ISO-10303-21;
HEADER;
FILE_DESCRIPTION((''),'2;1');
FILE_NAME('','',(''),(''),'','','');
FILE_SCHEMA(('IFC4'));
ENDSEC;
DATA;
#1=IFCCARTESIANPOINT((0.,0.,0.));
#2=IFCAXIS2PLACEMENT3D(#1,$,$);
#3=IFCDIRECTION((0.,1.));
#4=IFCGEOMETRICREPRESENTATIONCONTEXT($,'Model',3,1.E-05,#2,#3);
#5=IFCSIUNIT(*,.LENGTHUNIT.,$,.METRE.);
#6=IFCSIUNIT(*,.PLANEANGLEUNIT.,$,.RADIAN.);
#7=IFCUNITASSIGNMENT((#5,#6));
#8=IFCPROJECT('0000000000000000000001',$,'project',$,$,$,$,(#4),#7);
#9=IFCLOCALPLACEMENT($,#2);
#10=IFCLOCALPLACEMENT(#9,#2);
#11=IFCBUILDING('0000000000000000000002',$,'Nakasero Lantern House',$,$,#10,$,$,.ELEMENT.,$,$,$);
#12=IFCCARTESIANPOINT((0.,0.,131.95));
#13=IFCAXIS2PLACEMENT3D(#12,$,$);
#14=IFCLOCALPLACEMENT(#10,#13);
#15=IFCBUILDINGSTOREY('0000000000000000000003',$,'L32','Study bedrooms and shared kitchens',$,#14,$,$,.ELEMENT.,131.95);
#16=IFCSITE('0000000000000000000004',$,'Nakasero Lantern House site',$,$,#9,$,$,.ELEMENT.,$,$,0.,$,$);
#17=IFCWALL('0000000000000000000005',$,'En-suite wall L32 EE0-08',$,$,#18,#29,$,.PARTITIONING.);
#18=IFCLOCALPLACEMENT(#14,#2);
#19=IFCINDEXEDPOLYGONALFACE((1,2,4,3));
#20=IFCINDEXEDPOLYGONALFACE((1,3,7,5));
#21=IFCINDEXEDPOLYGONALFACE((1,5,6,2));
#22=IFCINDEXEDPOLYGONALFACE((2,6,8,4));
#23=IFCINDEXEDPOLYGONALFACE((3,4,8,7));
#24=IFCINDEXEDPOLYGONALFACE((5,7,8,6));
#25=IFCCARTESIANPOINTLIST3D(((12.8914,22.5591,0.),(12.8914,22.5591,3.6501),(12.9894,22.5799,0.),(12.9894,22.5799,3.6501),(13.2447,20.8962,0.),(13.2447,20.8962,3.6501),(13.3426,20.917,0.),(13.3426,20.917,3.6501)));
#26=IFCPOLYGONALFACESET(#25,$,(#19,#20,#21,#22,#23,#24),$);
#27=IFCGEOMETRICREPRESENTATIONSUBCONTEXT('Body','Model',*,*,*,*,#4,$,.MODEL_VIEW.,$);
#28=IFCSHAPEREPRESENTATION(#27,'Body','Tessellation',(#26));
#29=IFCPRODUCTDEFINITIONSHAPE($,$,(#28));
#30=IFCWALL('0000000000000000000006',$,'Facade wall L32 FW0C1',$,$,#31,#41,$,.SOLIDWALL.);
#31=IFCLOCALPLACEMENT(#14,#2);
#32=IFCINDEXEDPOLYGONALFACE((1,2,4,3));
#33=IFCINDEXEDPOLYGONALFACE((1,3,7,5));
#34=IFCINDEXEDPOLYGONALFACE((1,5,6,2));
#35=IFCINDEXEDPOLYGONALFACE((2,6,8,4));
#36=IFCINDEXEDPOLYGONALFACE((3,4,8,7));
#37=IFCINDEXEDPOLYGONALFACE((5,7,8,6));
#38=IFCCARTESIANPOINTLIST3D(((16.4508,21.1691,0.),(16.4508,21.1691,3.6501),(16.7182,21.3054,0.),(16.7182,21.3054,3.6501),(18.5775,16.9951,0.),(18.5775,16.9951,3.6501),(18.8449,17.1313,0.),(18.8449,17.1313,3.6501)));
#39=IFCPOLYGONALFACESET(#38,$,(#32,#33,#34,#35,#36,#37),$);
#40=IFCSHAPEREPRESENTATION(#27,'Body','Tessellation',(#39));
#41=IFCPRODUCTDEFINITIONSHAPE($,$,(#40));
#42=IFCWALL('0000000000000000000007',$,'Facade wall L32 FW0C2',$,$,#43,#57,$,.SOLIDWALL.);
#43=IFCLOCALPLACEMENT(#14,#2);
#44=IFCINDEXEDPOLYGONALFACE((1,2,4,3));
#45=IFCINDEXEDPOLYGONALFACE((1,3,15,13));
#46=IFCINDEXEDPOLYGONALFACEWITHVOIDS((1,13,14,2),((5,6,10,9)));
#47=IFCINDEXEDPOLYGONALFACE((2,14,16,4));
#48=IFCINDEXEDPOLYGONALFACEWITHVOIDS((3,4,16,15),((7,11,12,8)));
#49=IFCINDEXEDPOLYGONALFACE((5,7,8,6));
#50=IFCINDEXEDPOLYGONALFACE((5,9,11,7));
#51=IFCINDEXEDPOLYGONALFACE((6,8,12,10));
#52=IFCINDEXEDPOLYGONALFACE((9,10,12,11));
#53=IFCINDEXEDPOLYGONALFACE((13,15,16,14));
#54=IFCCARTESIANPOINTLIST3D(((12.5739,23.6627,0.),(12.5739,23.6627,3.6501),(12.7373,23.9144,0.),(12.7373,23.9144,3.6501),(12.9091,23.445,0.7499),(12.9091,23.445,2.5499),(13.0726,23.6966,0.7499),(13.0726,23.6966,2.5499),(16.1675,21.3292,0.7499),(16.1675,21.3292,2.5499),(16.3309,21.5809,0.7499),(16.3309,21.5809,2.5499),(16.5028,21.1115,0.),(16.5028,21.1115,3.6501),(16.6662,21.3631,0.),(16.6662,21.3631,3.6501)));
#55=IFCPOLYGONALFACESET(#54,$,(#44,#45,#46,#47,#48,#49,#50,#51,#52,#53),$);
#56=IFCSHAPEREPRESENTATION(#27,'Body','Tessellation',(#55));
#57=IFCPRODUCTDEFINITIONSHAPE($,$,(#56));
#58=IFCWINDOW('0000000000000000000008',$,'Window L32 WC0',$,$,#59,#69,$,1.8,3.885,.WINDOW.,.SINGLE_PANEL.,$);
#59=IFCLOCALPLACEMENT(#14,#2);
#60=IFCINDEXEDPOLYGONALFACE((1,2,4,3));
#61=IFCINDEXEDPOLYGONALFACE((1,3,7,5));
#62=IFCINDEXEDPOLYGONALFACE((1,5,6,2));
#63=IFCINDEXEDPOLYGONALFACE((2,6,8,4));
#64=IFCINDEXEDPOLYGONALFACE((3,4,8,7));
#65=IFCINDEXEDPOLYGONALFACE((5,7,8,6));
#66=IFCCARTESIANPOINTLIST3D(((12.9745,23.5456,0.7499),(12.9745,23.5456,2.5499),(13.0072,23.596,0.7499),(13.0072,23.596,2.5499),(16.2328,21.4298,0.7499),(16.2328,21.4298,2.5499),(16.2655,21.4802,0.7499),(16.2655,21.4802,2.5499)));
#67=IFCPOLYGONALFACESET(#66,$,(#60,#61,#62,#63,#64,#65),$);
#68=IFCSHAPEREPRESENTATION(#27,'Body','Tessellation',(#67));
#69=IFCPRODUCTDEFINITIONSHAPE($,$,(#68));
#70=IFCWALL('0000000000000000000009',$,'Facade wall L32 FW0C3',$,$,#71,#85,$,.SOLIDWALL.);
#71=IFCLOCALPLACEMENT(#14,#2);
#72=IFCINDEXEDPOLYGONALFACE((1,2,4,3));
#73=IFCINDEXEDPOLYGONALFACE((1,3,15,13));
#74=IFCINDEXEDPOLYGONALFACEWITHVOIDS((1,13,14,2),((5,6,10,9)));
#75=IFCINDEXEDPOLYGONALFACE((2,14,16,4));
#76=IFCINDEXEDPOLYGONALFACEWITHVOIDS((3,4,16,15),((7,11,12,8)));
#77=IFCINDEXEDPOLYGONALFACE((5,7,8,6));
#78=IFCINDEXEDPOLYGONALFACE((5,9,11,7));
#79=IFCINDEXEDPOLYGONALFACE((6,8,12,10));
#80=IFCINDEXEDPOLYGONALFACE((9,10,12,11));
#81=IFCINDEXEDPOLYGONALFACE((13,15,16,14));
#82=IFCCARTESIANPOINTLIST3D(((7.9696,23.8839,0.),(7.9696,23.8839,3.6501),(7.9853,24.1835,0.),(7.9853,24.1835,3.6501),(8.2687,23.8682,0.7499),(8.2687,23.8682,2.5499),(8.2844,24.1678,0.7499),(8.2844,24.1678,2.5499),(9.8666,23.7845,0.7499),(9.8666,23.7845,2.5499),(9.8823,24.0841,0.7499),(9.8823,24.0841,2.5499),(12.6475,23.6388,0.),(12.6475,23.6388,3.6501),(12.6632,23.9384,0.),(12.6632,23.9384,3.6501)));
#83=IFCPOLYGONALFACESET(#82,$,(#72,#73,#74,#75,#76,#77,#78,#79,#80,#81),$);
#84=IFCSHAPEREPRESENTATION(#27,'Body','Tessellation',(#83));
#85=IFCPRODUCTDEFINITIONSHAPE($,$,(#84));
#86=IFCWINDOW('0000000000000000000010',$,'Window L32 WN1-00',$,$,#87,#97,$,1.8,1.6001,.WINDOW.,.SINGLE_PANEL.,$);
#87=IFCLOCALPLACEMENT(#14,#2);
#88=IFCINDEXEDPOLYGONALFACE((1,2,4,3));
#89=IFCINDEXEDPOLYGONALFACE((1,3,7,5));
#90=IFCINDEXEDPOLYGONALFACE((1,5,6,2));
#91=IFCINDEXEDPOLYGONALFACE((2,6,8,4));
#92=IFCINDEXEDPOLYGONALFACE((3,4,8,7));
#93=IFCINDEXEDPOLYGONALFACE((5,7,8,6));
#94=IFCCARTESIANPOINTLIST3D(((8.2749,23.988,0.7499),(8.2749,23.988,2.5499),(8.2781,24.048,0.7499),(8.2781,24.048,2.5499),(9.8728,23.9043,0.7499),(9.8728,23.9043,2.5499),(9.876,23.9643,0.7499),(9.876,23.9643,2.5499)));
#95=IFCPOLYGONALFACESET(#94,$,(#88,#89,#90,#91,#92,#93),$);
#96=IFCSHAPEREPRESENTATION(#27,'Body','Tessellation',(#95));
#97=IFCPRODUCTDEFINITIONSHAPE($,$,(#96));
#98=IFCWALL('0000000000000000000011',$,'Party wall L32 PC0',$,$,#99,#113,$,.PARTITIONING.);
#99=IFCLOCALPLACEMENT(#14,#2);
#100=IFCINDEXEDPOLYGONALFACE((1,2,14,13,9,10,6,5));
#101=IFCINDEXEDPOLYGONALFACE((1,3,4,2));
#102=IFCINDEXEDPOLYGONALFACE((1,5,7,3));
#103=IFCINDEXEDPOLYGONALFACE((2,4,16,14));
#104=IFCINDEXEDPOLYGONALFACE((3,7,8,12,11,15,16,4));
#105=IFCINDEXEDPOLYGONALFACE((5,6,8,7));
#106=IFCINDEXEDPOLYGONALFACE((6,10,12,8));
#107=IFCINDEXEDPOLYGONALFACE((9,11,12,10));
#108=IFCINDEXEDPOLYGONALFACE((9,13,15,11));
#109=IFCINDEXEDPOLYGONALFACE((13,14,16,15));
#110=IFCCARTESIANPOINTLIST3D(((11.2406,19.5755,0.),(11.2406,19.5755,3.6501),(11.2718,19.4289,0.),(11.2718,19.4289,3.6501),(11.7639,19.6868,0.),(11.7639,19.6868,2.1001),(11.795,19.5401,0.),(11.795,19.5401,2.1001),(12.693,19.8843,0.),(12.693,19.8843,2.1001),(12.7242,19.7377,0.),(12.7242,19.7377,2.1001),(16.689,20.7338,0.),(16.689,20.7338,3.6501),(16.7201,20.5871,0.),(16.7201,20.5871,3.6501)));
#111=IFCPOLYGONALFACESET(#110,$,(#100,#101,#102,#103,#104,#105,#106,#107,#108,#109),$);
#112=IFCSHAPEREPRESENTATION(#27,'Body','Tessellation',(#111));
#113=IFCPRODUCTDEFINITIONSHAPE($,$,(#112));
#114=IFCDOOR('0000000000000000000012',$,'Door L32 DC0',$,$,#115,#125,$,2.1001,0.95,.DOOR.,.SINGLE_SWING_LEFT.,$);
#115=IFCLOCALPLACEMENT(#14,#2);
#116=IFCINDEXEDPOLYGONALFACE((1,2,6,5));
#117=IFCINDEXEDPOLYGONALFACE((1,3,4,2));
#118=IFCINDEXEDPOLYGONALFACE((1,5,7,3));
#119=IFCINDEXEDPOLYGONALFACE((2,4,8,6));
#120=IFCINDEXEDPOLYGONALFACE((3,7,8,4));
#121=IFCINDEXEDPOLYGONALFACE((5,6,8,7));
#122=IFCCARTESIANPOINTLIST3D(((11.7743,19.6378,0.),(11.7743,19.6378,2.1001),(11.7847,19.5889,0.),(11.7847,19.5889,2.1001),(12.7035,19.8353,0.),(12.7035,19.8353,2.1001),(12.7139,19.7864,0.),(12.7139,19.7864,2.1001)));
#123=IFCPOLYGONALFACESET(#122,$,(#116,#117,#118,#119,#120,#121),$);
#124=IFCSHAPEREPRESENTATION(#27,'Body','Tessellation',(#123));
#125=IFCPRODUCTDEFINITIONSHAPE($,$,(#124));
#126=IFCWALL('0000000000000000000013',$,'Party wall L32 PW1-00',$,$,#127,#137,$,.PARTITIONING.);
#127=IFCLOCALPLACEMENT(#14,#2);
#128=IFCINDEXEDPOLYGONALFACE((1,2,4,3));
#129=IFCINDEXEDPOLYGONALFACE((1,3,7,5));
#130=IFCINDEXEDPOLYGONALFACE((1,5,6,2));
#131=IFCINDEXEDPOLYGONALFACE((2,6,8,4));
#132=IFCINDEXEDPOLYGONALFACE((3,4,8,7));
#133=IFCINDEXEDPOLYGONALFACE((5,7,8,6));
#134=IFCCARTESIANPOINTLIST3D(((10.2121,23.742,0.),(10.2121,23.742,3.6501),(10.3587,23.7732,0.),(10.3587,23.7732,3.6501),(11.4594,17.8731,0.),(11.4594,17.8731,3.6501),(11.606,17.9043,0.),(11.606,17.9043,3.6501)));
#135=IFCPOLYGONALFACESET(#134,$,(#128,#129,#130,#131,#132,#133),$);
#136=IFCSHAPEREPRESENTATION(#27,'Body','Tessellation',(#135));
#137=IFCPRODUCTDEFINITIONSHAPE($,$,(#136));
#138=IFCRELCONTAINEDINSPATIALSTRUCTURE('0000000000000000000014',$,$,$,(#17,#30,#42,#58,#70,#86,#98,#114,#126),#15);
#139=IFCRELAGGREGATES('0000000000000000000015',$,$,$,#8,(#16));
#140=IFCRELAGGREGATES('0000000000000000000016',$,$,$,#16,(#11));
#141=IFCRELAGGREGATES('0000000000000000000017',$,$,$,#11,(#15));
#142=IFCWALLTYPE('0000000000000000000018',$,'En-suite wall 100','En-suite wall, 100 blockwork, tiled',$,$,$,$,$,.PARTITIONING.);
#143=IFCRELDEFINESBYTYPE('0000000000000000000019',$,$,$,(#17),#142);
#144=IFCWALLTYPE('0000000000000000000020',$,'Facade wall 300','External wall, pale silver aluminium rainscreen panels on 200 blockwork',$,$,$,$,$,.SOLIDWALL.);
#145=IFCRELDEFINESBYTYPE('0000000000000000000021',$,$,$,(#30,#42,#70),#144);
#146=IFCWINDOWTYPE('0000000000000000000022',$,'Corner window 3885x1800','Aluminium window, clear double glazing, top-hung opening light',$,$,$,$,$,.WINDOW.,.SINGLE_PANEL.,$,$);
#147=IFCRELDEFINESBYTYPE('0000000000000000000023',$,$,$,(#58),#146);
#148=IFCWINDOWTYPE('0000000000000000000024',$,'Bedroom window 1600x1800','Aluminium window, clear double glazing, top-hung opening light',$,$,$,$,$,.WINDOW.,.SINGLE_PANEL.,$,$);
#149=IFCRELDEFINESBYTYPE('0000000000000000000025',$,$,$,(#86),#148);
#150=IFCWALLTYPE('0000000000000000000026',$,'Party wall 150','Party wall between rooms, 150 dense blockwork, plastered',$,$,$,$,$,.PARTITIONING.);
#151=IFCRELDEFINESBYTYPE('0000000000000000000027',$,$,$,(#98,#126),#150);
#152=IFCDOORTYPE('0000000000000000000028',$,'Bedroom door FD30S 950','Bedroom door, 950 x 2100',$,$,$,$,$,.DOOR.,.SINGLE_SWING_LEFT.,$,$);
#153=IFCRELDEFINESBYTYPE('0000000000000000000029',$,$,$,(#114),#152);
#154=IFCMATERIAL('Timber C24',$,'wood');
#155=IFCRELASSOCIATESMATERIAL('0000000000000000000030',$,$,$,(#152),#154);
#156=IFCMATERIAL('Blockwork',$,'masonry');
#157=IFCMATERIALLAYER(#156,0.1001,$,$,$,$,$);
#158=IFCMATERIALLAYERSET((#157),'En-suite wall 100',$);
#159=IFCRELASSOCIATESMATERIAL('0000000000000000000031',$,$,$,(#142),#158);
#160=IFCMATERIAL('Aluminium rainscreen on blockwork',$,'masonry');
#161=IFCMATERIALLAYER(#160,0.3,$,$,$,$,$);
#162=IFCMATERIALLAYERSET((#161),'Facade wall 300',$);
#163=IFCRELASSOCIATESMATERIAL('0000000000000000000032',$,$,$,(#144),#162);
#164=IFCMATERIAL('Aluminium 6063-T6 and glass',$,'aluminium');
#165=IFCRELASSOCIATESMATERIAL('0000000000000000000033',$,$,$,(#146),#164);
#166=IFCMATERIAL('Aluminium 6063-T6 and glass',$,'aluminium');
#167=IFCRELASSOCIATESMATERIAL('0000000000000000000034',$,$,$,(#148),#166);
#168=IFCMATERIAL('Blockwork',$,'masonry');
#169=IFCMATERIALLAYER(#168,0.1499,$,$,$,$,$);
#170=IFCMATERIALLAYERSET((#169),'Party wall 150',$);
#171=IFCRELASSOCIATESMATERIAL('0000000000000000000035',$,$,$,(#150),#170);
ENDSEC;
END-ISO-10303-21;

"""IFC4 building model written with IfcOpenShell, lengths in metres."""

from ifc_helpers import new_model, si_unit, direction, frame, frame_2d, origin, place, context, subcontext, project, spatial, rectangle, extrude, material, layer, layer_set, type_object, element, fill, save


model = new_model("IFC4")

# Units and contexts
model_context = context("Model", 3, precision=1e-05, world=origin(), true_north=direction((0.0, 1.0)))
body_context = subcontext(model_context, "Body", "Model", "MODEL_VIEW")
ifc_project = project(units=[si_unit("LENGTHUNIT", "METRE"), si_unit("PLANEANGLEUNIT", "RADIAN")], contexts=[model_context])

# Site, building, storey
site_placement = place(None, origin())
site = spatial("IfcSite", under=ifc_project, at=site_placement, Name="Nakasero Lantern House site", CompositionType="ELEMENT", RefElevation=0.0)
building_placement = place(site_placement, origin())
building = spatial("IfcBuilding", under=site, at=building_placement, Name="Nakasero Lantern House", CompositionType="ELEMENT")
storey_placement = place(building_placement, frame((0.0, 0.0, 131.95)))
storey = spatial("IfcBuildingStorey", under=building, at=storey_placement, Name="L32", Description="Study bedrooms and shared kitchens", CompositionType="ELEMENT", Elevation=131.95)

# Shared definitions
ifc_material_1 = material(Name="Timber C24", Category="wood")
door_type_1 = type_object("IfcDoorType", Name="Bedroom door FD30S 950", Description="Bedroom door, 950 x 2100", OperationType="SINGLE_SWING_LEFT", PredefinedType="DOOR", material=ifc_material_1)

# Walls
ifc_material_2 = material(Name="Blockwork", Category="masonry")
ifc_layer_1 = layer(ifc_material_2, 0.1001)
ifc_layer_set_1 = layer_set([ifc_layer_1], Name="En-suite wall 100")
wall_type_1 = type_object("IfcWallType", Name="En-suite wall 100", Description="En-suite wall, 100 blockwork, tiled", PredefinedType="PARTITIONING", material=ifc_layer_set_1)
wall_1_placement = place(storey_placement, frame((13.2937, 20.9065, 0.0), z_axis=(0.0, 0.0, 1.0), x_axis=(-0.207812, 0.978169, 0.0)))
element("IfcWall", 1, at=wall_1_placement, inside=storey, type_object=wall_type_1, Name="En-suite wall L32 EE0-08", PredefinedType="PARTITIONING", context=body_context, shape_type="SweptSolid", body=[
    extrude(rectangle(XDim=1.7, YDim=0.1001, at=frame_2d((0.8501, 0.0))), origin(), (0.0, 0.0, 1.0), 3.6501),
])
ifc_material_3 = material(Name="Aluminium rainscreen on blockwork", Category="masonry")
ifc_layer_2 = layer(ifc_material_3, 0.3)
ifc_layer_set_2 = layer_set([ifc_layer_2], Name="Facade wall 300")
wall_type_2 = type_object("IfcWallType", Name="Facade wall 300", Description="External wall, pale silver aluminium rainscreen panels on 200 blockwork", PredefinedType="SOLIDWALL", material=ifc_layer_set_2)
wall_2_placement = place(storey_placement, frame((18.7112, 17.0632, 0.0), z_axis=(0.0, 0.0, 1.0), x_axis=(-0.453976, 0.891014, 0.0)))
element("IfcWall", 2, at=wall_2_placement, inside=storey, type_object=wall_type_2, Name="Facade wall L32 FW0C1", PredefinedType="SOLIDWALL", context=body_context, shape_type="SweptSolid", body=[
    extrude(rectangle(XDim=4.6846, YDim=0.3, at=frame_2d((2.3423, 0.0))), origin(), (0.0, 0.0, 1.0), 3.6501),
])

# Walls, openings, windows
wall_3_placement = place(storey_placement, frame((16.5845, 21.2373, 0.0), z_axis=(0.0, 0.0, 1.0), x_axis=(-0.838692, 0.544605, 0.0)))
wall_3 = element("IfcWall", 3, at=wall_3_placement, inside=storey, type_object=wall_type_2, Name="Facade wall L32 FW0C2", PredefinedType="SOLIDWALL", context=body_context, shape_type="SweptSolid", body=[
    extrude(rectangle(XDim=4.6846, YDim=0.3, at=frame_2d((2.3423, 0.0))), origin(), (0.0, 0.0, 1.0), 3.6501),
])
opening_1_placement = place(wall_3_placement, frame((0.3999, 0.0, 0.75)))
opening_1 = element("IfcOpeningElement", 4, at=opening_1_placement, cuts=wall_3, PredefinedType="OPENING", context=body_context, shape_type="SweptSolid", body=[
    extrude(rectangle(XDim=3.885, YDim=1.8, at=frame_2d((1.9424, 0.8999))), frame((0.0, 0.1699, 0.0), z_axis=(0.0, -1.0, 0.0), x_axis=(1.0, 0.0, 0.0)), (0.0, 0.0, 1.0), 0.3401),
])
ifc_material_4 = material(Name="Aluminium 6063-T6 and glass", Category="aluminium")
window_type_1 = type_object("IfcWindowType", Name="Corner window 3885x1800", Description="Aluminium window, clear double glazing, top-hung opening light", PartitioningType="SINGLE_PANEL", PredefinedType="WINDOW", material=ifc_material_4)
window_1_placement = place(opening_1_placement, origin())
window_1 = element("IfcWindow", 5, at=window_1_placement, inside=storey, type_object=window_type_1, Name="Window L32 WC0", OverallHeight=1.8, OverallWidth=3.885, PartitioningType="SINGLE_PANEL", PredefinedType="WINDOW", context=body_context, shape_type="SweptSolid", body=[
    extrude(rectangle(XDim=3.885, YDim=1.8, at=frame_2d((1.9424, 0.8999))), frame((0.0, 0.03, 0.0), z_axis=(0.0, -1.0, 0.0), x_axis=(1.0, 0.0, 0.0)), (0.0, 0.0, 1.0), 0.0601),
])
fill(opening_1, window_1)
wall_4_placement = place(storey_placement, frame((12.6555, 23.7886, 0.0), z_axis=(0.0, 0.0, 1.0), x_axis=(-0.99863, 0.052326, 0.0)))
wall_4 = element("IfcWall", 6, at=wall_4_placement, inside=storey, type_object=wall_type_2, Name="Facade wall L32 FW0C3", PredefinedType="SOLIDWALL", context=body_context, shape_type="SweptSolid", body=[
    extrude(rectangle(XDim=4.6843, YDim=0.3, at=frame_2d((2.3423, 0.0))), origin(), (0.0, 0.0, 1.0), 3.6501),
])
opening_2_placement = place(wall_4_placement, frame((2.7849, 0.0, 0.75)))
opening_2 = element("IfcOpeningElement", 7, at=opening_2_placement, cuts=wall_4, PredefinedType="OPENING", context=body_context, shape_type="SweptSolid", body=[
    extrude(rectangle(XDim=1.6001, YDim=1.8, at=frame_2d((0.8, 0.8999))), frame((0.0, 0.1699, 0.0), z_axis=(0.0, -1.0, 0.0), x_axis=(1.0, 0.0, 0.0)), (0.0, 0.0, 1.0), 0.3401),
])
ifc_material_5 = material(Name="Aluminium 6063-T6 and glass", Category="aluminium")
window_type_2 = type_object("IfcWindowType", Name="Bedroom window 1600x1800", Description="Aluminium window, clear double glazing, top-hung opening light", PartitioningType="SINGLE_PANEL", PredefinedType="WINDOW", material=ifc_material_5)
window_2_placement = place(opening_2_placement, origin())
window_2 = element("IfcWindow", 8, at=window_2_placement, inside=storey, type_object=window_type_2, Name="Window L32 WN1-00", OverallHeight=1.8, OverallWidth=1.6001, PartitioningType="SINGLE_PANEL", PredefinedType="WINDOW", context=body_context, shape_type="SweptSolid", body=[
    extrude(rectangle(XDim=1.6001, YDim=1.8, at=frame_2d((0.8, 0.8999))), frame((0.0, 0.03, 0.0), z_axis=(0.0, -1.0, 0.0), x_axis=(1.0, 0.0, 0.0)), (0.0, 0.0, 1.0), 0.0601),
])
fill(opening_2, window_2)

# Wall, opening, door
ifc_material_6 = material(Name="Blockwork", Category="masonry")
ifc_layer_3 = layer(ifc_material_6, 0.1499)
ifc_layer_set_3 = layer_set([ifc_layer_3], Name="Party wall 150")
wall_type_3 = type_object("IfcWallType", Name="Party wall 150", Description="Party wall between rooms, 150 dense blockwork, plastered", PredefinedType="PARTITIONING", material=ifc_layer_set_3)
wall_5_placement = place(storey_placement, frame((11.2561, 19.5022, 0.0), z_axis=(0.0, 0.0, 1.0), x_axis=(0.978142, 0.207936, 0.0)))
wall_5 = element("IfcWall", 9, at=wall_5_placement, inside=storey, type_object=wall_type_3, Name="Party wall L32 PC0", PredefinedType="PARTITIONING", context=body_context, shape_type="SweptSolid", body=[
    extrude(rectangle(XDim=5.5701, YDim=0.1499, at=frame_2d((2.7852, 0.0))), origin(), (0.0, 0.0, 1.0), 3.6501),
])
opening_3_placement = place(wall_5_placement, frame((0.5349, 0.0, 0.0)))
opening_3 = element("IfcOpeningElement", 10, at=opening_3_placement, cuts=wall_5, PredefinedType="OPENING", context=body_context, shape_type="SweptSolid", body=[
    extrude(rectangle(XDim=0.95, YDim=2.1001, at=frame_2d((0.4751, 1.05))), frame((0.0, 0.095, 0.0), z_axis=(0.0, -1.0, 0.0), x_axis=(1.0, 0.0, 0.0)), (0.0, 0.0, 1.0), 0.1899),
])
door_1_placement = place(opening_3_placement, origin())
door_1 = element("IfcDoor", 11, at=door_1_placement, inside=storey, type_object=door_type_1, Name="Door L32 DC0", OperationType="SINGLE_SWING_LEFT", OverallHeight=2.1001, OverallWidth=0.95, PredefinedType="DOOR", context=body_context, shape_type="SweptSolid", body=[
    extrude(rectangle(XDim=0.95, YDim=2.1001, at=frame_2d((0.4751, 1.05))), frame((0.0, 0.0249, 0.0), z_axis=(0.0, -1.0, 0.0), x_axis=(1.0, 0.0, 0.0)), (0.0, 0.0, 1.0), 0.05),
])
fill(opening_3, door_1)

# Wall
wall_6_placement = place(storey_placement, frame((11.5327, 17.8887, 0.0), z_axis=(0.0, 0.0, 1.0), x_axis=(-0.207886, 0.978153, 0.0)))
element("IfcWall", 12, at=wall_6_placement, inside=storey, type_object=wall_type_3, Name="Party wall L32 PW1-00", PredefinedType="PARTITIONING", context=body_context, shape_type="SweptSolid", body=[
    extrude(rectangle(XDim=6.0, YDim=0.1499, at=frame_2d((3.0, 0.0))), origin(), (0.0, 0.0, 1.0), 3.6501),
])

save(model, "model.ifc")
